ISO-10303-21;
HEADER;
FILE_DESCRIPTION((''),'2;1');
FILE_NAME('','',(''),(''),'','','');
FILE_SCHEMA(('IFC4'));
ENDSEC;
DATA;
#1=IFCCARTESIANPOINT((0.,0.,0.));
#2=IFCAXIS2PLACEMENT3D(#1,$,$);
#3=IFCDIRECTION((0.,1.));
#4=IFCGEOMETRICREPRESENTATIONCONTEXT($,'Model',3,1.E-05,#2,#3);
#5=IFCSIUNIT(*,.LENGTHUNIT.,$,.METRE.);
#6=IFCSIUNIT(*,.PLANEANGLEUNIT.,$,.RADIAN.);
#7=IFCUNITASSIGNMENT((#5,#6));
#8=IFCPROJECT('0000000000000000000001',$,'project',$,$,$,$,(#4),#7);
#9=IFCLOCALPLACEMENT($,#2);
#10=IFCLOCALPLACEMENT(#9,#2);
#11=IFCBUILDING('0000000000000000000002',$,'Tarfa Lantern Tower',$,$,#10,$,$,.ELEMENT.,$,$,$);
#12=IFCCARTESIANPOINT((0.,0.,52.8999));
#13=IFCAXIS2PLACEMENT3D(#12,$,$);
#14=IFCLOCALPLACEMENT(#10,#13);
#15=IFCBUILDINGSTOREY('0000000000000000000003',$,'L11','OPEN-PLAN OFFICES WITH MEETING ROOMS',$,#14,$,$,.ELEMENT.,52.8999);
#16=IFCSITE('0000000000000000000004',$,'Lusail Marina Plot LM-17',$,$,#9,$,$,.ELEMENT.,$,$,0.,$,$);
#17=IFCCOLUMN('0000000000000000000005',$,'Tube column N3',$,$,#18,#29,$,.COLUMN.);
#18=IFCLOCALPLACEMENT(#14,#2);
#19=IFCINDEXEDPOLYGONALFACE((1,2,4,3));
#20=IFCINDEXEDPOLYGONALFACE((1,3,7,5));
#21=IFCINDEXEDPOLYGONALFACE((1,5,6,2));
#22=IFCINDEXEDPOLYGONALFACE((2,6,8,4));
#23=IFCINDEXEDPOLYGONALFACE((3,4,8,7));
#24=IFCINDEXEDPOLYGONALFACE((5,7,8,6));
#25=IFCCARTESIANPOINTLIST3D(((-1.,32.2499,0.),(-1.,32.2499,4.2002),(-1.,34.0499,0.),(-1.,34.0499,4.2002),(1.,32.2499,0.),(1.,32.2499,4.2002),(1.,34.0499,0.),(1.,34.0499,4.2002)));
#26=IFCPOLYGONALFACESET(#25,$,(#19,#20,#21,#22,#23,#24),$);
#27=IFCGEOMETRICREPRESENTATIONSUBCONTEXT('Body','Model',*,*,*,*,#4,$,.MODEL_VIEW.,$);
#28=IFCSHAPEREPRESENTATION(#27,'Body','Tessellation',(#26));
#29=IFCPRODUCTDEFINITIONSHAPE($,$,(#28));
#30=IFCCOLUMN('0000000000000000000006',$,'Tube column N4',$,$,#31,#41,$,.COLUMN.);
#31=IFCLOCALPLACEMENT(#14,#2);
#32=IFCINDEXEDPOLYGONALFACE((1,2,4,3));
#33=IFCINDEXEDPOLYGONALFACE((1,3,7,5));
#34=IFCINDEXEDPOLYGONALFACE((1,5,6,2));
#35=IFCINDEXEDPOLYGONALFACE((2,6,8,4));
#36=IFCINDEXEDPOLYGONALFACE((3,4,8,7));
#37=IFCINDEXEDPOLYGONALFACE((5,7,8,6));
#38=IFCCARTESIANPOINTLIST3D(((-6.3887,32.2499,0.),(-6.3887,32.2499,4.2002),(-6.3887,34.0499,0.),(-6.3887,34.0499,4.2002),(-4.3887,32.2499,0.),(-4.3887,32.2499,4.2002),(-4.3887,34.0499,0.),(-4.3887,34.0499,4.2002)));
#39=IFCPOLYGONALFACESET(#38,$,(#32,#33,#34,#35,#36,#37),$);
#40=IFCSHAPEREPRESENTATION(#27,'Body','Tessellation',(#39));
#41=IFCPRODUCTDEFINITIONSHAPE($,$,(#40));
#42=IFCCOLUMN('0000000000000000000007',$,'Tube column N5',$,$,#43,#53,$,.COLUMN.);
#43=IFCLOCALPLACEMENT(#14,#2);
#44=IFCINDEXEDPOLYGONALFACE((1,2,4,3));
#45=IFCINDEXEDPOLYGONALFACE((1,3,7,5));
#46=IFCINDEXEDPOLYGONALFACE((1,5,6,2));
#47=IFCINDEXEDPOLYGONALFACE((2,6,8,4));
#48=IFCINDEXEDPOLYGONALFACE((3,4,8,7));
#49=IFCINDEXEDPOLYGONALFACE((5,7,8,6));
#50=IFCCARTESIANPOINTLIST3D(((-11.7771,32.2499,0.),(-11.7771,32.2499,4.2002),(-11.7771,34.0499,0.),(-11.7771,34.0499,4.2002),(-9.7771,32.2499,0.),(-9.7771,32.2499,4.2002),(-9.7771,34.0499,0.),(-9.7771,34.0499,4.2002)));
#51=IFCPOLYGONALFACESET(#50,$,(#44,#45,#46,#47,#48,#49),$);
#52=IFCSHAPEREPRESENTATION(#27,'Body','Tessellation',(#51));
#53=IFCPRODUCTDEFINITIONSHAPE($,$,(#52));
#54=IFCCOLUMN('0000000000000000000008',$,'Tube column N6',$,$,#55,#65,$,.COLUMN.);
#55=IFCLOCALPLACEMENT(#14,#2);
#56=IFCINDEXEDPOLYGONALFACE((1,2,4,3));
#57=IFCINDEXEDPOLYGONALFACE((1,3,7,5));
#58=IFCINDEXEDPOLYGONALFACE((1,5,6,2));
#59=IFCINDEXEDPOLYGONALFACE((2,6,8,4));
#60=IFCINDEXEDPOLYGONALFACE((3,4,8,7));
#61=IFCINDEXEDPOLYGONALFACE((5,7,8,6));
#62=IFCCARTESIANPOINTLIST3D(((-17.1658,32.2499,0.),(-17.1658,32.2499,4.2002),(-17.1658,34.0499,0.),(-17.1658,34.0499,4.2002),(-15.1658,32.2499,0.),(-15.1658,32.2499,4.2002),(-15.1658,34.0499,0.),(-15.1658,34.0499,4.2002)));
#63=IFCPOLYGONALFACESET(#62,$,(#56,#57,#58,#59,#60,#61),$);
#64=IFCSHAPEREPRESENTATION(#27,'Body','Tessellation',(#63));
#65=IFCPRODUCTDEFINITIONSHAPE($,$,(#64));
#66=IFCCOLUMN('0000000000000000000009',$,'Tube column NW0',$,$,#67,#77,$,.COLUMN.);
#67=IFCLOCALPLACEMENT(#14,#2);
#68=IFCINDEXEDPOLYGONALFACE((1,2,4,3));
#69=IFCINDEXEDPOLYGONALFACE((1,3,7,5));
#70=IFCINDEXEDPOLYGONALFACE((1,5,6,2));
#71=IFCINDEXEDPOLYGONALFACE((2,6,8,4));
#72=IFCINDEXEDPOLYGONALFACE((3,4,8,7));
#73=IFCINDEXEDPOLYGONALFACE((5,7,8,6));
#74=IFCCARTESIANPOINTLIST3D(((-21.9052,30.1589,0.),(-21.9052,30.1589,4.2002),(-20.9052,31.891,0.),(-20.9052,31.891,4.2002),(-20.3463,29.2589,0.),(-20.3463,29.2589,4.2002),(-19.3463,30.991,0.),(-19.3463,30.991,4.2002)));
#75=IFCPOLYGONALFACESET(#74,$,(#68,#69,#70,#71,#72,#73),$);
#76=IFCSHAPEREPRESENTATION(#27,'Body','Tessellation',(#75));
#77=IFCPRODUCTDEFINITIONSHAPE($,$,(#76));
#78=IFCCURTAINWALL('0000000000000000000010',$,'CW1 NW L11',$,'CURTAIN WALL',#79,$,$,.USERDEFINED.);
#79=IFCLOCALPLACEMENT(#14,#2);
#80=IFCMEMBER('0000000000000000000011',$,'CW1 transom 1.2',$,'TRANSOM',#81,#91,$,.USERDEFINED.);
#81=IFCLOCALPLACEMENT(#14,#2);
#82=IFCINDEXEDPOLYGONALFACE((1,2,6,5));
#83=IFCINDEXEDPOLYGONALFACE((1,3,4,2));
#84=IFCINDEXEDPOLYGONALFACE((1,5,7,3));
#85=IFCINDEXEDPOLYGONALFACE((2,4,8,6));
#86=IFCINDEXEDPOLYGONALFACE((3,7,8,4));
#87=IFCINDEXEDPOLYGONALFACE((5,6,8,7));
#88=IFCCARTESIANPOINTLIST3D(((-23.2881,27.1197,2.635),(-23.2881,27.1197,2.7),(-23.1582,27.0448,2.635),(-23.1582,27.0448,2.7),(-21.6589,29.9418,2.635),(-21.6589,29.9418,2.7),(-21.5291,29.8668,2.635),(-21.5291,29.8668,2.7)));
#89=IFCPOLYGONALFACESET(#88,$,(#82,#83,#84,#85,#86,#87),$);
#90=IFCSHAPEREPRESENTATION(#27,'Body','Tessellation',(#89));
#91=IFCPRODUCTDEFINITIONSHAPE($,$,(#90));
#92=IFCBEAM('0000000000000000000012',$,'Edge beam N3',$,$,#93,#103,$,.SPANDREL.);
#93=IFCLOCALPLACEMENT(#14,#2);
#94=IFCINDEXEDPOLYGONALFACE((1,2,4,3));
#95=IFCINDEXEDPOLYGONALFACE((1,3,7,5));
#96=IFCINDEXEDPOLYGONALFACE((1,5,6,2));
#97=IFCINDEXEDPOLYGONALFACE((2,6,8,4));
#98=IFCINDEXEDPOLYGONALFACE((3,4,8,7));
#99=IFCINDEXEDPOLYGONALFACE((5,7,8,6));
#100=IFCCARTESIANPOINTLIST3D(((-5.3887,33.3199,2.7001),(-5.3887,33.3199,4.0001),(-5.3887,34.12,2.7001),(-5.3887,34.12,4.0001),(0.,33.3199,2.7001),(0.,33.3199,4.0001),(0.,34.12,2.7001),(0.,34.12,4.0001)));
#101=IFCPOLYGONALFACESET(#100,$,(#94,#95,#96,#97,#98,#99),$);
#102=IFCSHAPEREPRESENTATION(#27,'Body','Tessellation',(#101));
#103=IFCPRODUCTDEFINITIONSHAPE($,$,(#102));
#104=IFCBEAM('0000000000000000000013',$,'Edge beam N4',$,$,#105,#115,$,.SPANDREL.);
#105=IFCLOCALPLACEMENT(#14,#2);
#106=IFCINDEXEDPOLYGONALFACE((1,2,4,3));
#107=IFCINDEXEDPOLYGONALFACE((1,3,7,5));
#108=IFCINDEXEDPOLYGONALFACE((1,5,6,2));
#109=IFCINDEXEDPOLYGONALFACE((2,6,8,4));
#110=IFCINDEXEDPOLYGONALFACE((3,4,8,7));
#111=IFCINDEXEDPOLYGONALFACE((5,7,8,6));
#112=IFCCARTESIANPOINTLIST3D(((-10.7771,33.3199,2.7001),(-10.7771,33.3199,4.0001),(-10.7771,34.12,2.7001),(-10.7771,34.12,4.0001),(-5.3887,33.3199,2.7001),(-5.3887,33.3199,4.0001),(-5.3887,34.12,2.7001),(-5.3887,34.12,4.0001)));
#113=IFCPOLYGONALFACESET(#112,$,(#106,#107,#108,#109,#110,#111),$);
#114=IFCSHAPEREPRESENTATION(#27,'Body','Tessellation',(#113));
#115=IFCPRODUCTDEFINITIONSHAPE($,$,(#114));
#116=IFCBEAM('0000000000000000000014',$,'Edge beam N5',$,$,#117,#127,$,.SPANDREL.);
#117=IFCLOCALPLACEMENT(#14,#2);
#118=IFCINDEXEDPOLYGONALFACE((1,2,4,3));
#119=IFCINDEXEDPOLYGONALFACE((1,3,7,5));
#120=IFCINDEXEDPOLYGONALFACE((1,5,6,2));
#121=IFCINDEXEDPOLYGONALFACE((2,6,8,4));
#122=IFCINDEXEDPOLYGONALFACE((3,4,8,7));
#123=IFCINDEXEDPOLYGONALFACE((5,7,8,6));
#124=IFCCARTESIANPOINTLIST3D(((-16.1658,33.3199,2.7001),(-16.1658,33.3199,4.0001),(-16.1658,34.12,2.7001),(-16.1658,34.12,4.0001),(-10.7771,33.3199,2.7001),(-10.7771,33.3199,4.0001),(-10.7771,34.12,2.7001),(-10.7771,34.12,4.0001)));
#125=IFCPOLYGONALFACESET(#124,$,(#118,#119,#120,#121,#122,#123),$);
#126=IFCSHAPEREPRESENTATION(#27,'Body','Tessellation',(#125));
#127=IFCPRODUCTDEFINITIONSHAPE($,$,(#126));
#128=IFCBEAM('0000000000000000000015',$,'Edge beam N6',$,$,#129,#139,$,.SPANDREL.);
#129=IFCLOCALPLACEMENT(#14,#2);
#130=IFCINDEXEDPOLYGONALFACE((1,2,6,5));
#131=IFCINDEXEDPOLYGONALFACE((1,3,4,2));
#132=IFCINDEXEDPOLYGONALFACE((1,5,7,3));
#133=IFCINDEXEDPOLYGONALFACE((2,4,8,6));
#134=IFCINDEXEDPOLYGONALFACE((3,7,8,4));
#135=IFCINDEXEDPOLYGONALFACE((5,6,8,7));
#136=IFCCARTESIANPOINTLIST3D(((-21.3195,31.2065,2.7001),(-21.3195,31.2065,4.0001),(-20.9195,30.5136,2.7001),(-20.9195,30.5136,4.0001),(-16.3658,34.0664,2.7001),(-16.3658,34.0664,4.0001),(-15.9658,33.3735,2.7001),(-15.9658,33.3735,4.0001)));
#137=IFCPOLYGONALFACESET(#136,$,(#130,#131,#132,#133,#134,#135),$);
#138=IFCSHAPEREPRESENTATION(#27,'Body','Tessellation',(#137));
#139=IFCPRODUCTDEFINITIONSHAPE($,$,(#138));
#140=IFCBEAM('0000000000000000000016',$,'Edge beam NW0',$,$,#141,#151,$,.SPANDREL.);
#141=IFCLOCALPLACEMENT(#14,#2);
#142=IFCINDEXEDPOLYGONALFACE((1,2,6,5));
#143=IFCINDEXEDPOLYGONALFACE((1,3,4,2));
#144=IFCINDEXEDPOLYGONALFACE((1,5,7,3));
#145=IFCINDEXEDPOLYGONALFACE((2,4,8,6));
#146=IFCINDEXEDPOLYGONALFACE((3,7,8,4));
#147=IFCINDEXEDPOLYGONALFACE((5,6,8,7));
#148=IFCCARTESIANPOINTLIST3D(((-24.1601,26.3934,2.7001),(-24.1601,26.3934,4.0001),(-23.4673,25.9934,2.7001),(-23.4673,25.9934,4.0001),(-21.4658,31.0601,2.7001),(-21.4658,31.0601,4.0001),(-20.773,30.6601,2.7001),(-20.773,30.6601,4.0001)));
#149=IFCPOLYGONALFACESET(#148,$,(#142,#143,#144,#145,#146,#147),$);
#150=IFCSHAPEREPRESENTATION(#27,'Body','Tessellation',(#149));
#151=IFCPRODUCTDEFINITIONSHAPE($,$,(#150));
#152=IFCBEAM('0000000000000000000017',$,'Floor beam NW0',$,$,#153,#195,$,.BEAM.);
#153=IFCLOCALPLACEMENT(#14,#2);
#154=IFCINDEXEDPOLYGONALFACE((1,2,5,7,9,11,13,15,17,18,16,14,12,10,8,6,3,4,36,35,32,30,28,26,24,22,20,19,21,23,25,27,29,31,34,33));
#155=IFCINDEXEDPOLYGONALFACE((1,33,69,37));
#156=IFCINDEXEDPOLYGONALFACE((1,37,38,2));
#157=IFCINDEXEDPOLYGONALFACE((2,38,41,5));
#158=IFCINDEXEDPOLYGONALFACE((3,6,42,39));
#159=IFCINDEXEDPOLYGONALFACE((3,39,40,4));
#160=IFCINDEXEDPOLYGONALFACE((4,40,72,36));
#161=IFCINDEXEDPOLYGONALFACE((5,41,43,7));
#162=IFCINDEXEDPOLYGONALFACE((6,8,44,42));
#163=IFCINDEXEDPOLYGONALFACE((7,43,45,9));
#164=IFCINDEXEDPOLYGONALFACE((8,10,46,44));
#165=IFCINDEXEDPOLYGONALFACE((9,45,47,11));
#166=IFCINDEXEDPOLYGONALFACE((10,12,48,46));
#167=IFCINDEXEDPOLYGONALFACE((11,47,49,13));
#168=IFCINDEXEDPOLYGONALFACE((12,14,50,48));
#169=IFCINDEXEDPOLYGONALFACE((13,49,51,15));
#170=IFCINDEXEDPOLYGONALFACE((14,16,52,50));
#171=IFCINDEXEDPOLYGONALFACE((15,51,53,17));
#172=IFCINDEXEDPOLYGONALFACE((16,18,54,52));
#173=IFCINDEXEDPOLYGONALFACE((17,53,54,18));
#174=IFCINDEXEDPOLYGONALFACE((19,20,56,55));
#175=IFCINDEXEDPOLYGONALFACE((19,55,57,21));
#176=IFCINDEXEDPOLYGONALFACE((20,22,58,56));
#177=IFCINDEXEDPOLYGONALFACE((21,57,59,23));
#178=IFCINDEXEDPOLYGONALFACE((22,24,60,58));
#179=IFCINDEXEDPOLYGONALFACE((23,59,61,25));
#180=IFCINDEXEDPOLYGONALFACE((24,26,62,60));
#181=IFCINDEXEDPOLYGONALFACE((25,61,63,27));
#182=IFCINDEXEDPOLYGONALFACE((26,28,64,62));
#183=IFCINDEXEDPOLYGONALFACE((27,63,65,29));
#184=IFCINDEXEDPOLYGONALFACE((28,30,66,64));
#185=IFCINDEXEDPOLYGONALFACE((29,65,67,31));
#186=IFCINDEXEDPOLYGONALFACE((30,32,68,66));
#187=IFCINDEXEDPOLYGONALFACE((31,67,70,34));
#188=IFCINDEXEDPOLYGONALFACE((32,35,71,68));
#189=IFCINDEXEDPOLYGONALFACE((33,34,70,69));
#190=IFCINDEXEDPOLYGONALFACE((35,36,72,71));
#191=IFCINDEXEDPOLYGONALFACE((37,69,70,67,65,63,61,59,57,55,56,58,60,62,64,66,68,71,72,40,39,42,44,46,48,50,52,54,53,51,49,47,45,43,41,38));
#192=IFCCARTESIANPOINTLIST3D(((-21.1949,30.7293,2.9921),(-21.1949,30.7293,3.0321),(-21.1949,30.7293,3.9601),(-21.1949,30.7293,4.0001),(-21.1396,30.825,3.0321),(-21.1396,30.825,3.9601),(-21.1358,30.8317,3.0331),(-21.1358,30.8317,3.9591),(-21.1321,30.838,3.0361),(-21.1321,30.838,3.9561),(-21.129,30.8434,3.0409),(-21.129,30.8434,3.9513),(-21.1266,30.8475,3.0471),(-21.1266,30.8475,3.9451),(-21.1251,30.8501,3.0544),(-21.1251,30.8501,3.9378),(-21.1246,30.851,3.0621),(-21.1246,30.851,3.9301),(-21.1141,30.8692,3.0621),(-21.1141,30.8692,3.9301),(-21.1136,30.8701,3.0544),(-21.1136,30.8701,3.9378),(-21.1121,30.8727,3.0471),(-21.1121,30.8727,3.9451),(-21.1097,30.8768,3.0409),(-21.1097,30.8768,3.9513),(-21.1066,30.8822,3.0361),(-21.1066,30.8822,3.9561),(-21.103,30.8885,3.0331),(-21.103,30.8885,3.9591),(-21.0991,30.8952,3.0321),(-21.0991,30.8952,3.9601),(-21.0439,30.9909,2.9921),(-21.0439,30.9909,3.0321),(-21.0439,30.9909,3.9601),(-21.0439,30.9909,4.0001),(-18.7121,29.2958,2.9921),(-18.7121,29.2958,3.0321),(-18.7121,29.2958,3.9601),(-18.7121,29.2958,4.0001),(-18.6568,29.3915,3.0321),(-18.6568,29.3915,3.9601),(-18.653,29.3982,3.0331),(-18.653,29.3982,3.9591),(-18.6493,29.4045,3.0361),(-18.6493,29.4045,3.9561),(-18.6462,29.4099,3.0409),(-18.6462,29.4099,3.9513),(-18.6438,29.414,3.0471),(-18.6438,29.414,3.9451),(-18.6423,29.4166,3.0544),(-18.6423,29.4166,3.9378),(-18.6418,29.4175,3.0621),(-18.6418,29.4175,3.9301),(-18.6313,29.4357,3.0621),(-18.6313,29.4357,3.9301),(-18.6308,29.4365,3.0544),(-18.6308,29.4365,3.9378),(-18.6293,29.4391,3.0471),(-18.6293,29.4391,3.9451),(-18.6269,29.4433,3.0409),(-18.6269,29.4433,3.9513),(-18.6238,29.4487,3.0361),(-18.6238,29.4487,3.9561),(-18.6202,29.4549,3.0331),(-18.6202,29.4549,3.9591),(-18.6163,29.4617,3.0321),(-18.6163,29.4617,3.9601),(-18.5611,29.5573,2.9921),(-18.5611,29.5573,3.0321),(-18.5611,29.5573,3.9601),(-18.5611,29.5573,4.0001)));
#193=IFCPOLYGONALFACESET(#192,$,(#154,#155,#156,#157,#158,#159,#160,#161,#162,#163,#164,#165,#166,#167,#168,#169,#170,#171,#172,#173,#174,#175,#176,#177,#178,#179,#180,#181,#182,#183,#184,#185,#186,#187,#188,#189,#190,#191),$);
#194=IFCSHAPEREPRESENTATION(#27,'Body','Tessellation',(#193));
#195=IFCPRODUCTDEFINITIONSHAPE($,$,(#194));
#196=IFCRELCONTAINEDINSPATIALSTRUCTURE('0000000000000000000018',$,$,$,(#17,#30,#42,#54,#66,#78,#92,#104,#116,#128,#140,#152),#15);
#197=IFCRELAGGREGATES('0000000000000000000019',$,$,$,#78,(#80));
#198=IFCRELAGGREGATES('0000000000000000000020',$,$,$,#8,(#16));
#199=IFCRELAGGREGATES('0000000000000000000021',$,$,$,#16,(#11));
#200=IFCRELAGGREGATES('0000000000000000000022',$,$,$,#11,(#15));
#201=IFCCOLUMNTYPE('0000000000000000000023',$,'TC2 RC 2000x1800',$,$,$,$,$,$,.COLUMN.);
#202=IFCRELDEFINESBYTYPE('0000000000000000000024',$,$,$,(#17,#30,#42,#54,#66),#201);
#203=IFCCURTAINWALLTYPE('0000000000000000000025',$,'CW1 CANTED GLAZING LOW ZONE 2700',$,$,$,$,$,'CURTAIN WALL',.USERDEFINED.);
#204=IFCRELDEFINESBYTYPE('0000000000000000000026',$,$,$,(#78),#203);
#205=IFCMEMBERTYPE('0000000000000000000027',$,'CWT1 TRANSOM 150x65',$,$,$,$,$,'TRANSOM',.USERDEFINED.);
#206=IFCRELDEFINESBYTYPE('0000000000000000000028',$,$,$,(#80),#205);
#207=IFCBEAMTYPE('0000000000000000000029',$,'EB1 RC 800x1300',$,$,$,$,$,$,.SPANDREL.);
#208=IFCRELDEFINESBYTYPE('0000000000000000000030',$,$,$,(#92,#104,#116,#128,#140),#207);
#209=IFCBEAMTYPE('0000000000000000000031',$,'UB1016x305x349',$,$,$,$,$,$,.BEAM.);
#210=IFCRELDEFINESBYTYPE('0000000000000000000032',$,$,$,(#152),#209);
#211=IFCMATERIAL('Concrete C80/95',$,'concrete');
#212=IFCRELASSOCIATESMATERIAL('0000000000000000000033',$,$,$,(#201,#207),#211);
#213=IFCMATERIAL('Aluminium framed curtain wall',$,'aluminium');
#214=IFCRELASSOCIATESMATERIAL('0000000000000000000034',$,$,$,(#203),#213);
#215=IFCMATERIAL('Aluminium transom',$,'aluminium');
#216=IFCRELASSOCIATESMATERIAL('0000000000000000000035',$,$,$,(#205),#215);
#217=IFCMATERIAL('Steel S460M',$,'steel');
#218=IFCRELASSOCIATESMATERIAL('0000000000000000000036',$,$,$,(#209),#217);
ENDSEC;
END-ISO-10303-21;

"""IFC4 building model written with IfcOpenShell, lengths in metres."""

from ifc_helpers import new_model, si_unit, direction, frame, origin, origin_2d, place, context, subcontext, project, spatial, rectangle, i_section, extrude, material, material_profile, profile_set, type_object, element, aggregate, save


model = new_model("IFC4")

# Units and contexts
model_context = context("Model", 3, precision=1e-05, world=origin(), true_north=direction((0.0, 1.0)))
body_context = subcontext(model_context, "Body", "Model", "MODEL_VIEW")
ifc_project = project(units=[si_unit("LENGTHUNIT", "METRE"), si_unit("PLANEANGLEUNIT", "RADIAN")], contexts=[model_context])

# Site, building, storey
site_placement = place(None, origin())
site = spatial("IfcSite", under=ifc_project, at=site_placement, Name="Lusail Marina Plot LM-17", CompositionType="ELEMENT", RefElevation=0.0)
building_placement = place(site_placement, origin())
building = spatial("IfcBuilding", under=site, at=building_placement, Name="Tarfa Lantern Tower", CompositionType="ELEMENT")
storey_placement = place(building_placement, frame((0.0, 0.0, 52.8999)))
storey = spatial("IfcBuildingStorey", under=building, at=storey_placement, Name="L11", Description="OPEN-PLAN OFFICES WITH MEETING ROOMS", CompositionType="ELEMENT", Elevation=52.8999)

# Columns
ifc_material_1 = material(Name="Concrete C80/95", Category="concrete")
ifc_material_profile_1 = material_profile(ifc_material_1, rectangle(XDim=2.0, YDim=1.8, at=origin_2d()), Name="RC 2000x1800")
ifc_profile_set_1 = profile_set([ifc_material_profile_1], Name="Concrete C80/95")
column_type = type_object("IfcColumnType", Name="TC2 RC 2000x1800", PredefinedType="COLUMN", material=ifc_profile_set_1)
for number, where, z_axis, x_axis, name in (
    (1, (0.0, 33.1499, 0.0), (0.0, 0.0, 1.0), (-1.0, 0.0, 0.0), "Tube column N3"),
    (2, (-5.3887, 33.1499, 0.0), (0.0, 0.0, 1.0), (-1.0, 0.0, 0.0), "Tube column N4"),
    (3, (-10.7771, 33.1499, 0.0), (0.0, 0.0, 1.0), (-1.0, 0.0, 0.0), "Tube column N5"),
    (4, (-16.1658, 33.1499, 0.0), (0.0, 0.0, 1.0), (-1.0, 0.0, 0.0), "Tube column N6"),
    (5, (-20.6257, 30.575, 0.0), (0.0, 0.0, 1.0), (-0.5, -0.866025, 0.0), "Tube column NW0"),
):
    element("IfcColumn", number, at=place(storey_placement, frame(where, z_axis=z_axis, x_axis=x_axis)), inside=storey, type_object=column_type, Name=name, PredefinedType="COLUMN", context=body_context, shape_type="SweptSolid", body=[
        extrude(rectangle(XDim=2.0, YDim=1.8, at=origin_2d()), origin(), (0.0, 0.0, 1.0), 4.2002),
    ])

# Curtain wall, member
ifc_material_2 = material(Name="Aluminium framed curtain wall", Category="aluminium")
curtain_wall_type = type_object("IfcCurtainWallType", Name="CW1 CANTED GLAZING LOW ZONE 2700", ElementType="CURTAIN WALL", PredefinedType="USERDEFINED", material=ifc_material_2)
curtain_wall_placement = place(storey_placement, origin())
curtain_wall = element("IfcCurtainWall", 6, at=curtain_wall_placement, inside=storey, type_object=curtain_wall_type, Name="CW1 NW L11", ObjectType="CURTAIN WALL", PredefinedType="USERDEFINED")
ifc_material_3 = material(Name="Aluminium transom", Category="aluminium")
ifc_material_profile_2 = material_profile(ifc_material_3, rectangle(XDim=0.1499, YDim=0.0649, at=origin_2d()), Name="AL TRANSOM 150x65")
ifc_profile_set_2 = profile_set([ifc_material_profile_2], Name="Aluminium transom")
member_type = type_object("IfcMemberType", Name="CWT1 TRANSOM 150x65", ElementType="TRANSOM", PredefinedType="USERDEFINED", material=ifc_profile_set_2)
member_placement = place(storey_placement, frame((-21.594, 29.9043, 2.6675), z_axis=(-0.499967, -0.866045, 0.0), x_axis=(0.866045, -0.499967, 0.0)))
member = element("IfcMember", 7, at=member_placement, type_object=member_type, Name="CW1 transom 1.2", ObjectType="TRANSOM", PredefinedType="USERDEFINED", context=body_context, shape_type="SweptSolid", body=[
    extrude(rectangle(XDim=0.1499, YDim=0.0649, at=origin_2d()), origin(), (0.0, 0.0, 1.0), 3.2585),
])
aggregate(curtain_wall, [member])

# Beams
ifc_material_profile_3 = material_profile(ifc_material_1, rectangle(XDim=0.8, YDim=1.3, at=origin_2d()), Name="RC 800x1300")
ifc_profile_set_3 = profile_set([ifc_material_profile_3], Name="Concrete C80/95")
beam_type_1 = type_object("IfcBeamType", Name="EB1 RC 800x1300", PredefinedType="SPANDREL", material=ifc_profile_set_3)
beam_1_placement = place(storey_placement, frame((0.0, 33.72, 3.3501), z_axis=(-1.0, 0.0, 0.0), x_axis=(0.0, -1.0, 0.0)))
element("IfcBeam", 8, at=beam_1_placement, inside=storey, type_object=beam_type_1, Name="Edge beam N3", PredefinedType="SPANDREL", context=body_context, shape_type="SweptSolid", body=[
    extrude(rectangle(XDim=0.8, YDim=1.3, at=origin_2d()), origin(), (0.0, 0.0, 1.0), 5.3887),
])
beam_2_placement = place(storey_placement, frame((-5.3887, 33.72, 3.3501), z_axis=(-1.0, 0.0, 0.0), x_axis=(0.0, -1.0, 0.0)))
element("IfcBeam", 9, at=beam_2_placement, inside=storey, type_object=beam_type_1, Name="Edge beam N4", PredefinedType="SPANDREL", context=body_context, shape_type="SweptSolid", body=[
    extrude(rectangle(XDim=0.8, YDim=1.3, at=origin_2d()), origin(), (0.0, 0.0, 1.0), 5.3884),
])
beam_3_placement = place(storey_placement, frame((-10.7771, 33.72, 3.3501), z_axis=(-1.0, 0.0, 0.0), x_axis=(0.0, -1.0, 0.0)))
element("IfcBeam", 10, at=beam_3_placement, inside=storey, type_object=beam_type_1, Name="Edge beam N5", PredefinedType="SPANDREL", context=body_context, shape_type="SweptSolid", body=[
    extrude(rectangle(XDim=0.8, YDim=1.3, at=origin_2d()), origin(), (0.0, 0.0, 1.0), 5.3887),
])
beam_4_placement = place(storey_placement, frame((-16.1658, 33.72, 3.3501), z_axis=(-0.866033, -0.499986, 0.0), x_axis=(0.499986, -0.866033, 0.0)))
element("IfcBeam", 11, at=beam_4_placement, inside=storey, type_object=beam_type_1, Name="Edge beam N6", PredefinedType="SPANDREL", context=body_context, shape_type="SweptSolid", body=[
    extrude(rectangle(XDim=0.8, YDim=1.3, at=origin_2d()), origin(), (0.0, 0.0, 1.0), 5.72),
])
beam_5_placement = place(storey_placement, frame((-21.1194, 30.8601, 3.3501), z_axis=(-0.499998, -0.866026, 0.0), x_axis=(0.866026, -0.499998, 0.0)))
element("IfcBeam", 12, at=beam_5_placement, inside=storey, type_object=beam_type_1, Name="Edge beam NW0", PredefinedType="SPANDREL", context=body_context, shape_type="SweptSolid", body=[
    extrude(rectangle(XDim=0.8, YDim=1.3, at=origin_2d()), origin(), (0.0, 0.0, 1.0), 5.3887),
])
ifc_material_4 = material(Name="Steel S460M", Category="steel")
ifc_material_profile_4 = material_profile(ifc_material_4, i_section(OverallWidth=0.302, OverallDepth=1.0081, WebThickness=0.021, FlangeThickness=0.04, FilletRadius=0.03, at=origin_2d()), Name="UB1016x305x349")
ifc_profile_set_4 = profile_set([ifc_material_profile_4], Name="Steel S460M")
beam_type_2 = type_object("IfcBeamType", Name="UB1016x305x349", PredefinedType="BEAM", material=ifc_profile_set_4)
beam_6_placement = place(storey_placement, frame((-21.1194, 30.8601, 3.4961), z_axis=(0.866013, -0.500022, 0.0), x_axis=(0.500022, 0.866013, 0.0)))
element("IfcBeam", 13, at=beam_6_placement, inside=storey, type_object=beam_type_2, Name="Floor beam NW0", PredefinedType="BEAM", context=body_context, shape_type="SweptSolid", body=[
    extrude(i_section(OverallWidth=0.302, OverallDepth=1.0081, WebThickness=0.021, FlangeThickness=0.04, FilletRadius=0.03, at=origin_2d()), origin(), (0.0, 0.0, 1.0), 2.8669),
])

save(model, "model.ifc")
